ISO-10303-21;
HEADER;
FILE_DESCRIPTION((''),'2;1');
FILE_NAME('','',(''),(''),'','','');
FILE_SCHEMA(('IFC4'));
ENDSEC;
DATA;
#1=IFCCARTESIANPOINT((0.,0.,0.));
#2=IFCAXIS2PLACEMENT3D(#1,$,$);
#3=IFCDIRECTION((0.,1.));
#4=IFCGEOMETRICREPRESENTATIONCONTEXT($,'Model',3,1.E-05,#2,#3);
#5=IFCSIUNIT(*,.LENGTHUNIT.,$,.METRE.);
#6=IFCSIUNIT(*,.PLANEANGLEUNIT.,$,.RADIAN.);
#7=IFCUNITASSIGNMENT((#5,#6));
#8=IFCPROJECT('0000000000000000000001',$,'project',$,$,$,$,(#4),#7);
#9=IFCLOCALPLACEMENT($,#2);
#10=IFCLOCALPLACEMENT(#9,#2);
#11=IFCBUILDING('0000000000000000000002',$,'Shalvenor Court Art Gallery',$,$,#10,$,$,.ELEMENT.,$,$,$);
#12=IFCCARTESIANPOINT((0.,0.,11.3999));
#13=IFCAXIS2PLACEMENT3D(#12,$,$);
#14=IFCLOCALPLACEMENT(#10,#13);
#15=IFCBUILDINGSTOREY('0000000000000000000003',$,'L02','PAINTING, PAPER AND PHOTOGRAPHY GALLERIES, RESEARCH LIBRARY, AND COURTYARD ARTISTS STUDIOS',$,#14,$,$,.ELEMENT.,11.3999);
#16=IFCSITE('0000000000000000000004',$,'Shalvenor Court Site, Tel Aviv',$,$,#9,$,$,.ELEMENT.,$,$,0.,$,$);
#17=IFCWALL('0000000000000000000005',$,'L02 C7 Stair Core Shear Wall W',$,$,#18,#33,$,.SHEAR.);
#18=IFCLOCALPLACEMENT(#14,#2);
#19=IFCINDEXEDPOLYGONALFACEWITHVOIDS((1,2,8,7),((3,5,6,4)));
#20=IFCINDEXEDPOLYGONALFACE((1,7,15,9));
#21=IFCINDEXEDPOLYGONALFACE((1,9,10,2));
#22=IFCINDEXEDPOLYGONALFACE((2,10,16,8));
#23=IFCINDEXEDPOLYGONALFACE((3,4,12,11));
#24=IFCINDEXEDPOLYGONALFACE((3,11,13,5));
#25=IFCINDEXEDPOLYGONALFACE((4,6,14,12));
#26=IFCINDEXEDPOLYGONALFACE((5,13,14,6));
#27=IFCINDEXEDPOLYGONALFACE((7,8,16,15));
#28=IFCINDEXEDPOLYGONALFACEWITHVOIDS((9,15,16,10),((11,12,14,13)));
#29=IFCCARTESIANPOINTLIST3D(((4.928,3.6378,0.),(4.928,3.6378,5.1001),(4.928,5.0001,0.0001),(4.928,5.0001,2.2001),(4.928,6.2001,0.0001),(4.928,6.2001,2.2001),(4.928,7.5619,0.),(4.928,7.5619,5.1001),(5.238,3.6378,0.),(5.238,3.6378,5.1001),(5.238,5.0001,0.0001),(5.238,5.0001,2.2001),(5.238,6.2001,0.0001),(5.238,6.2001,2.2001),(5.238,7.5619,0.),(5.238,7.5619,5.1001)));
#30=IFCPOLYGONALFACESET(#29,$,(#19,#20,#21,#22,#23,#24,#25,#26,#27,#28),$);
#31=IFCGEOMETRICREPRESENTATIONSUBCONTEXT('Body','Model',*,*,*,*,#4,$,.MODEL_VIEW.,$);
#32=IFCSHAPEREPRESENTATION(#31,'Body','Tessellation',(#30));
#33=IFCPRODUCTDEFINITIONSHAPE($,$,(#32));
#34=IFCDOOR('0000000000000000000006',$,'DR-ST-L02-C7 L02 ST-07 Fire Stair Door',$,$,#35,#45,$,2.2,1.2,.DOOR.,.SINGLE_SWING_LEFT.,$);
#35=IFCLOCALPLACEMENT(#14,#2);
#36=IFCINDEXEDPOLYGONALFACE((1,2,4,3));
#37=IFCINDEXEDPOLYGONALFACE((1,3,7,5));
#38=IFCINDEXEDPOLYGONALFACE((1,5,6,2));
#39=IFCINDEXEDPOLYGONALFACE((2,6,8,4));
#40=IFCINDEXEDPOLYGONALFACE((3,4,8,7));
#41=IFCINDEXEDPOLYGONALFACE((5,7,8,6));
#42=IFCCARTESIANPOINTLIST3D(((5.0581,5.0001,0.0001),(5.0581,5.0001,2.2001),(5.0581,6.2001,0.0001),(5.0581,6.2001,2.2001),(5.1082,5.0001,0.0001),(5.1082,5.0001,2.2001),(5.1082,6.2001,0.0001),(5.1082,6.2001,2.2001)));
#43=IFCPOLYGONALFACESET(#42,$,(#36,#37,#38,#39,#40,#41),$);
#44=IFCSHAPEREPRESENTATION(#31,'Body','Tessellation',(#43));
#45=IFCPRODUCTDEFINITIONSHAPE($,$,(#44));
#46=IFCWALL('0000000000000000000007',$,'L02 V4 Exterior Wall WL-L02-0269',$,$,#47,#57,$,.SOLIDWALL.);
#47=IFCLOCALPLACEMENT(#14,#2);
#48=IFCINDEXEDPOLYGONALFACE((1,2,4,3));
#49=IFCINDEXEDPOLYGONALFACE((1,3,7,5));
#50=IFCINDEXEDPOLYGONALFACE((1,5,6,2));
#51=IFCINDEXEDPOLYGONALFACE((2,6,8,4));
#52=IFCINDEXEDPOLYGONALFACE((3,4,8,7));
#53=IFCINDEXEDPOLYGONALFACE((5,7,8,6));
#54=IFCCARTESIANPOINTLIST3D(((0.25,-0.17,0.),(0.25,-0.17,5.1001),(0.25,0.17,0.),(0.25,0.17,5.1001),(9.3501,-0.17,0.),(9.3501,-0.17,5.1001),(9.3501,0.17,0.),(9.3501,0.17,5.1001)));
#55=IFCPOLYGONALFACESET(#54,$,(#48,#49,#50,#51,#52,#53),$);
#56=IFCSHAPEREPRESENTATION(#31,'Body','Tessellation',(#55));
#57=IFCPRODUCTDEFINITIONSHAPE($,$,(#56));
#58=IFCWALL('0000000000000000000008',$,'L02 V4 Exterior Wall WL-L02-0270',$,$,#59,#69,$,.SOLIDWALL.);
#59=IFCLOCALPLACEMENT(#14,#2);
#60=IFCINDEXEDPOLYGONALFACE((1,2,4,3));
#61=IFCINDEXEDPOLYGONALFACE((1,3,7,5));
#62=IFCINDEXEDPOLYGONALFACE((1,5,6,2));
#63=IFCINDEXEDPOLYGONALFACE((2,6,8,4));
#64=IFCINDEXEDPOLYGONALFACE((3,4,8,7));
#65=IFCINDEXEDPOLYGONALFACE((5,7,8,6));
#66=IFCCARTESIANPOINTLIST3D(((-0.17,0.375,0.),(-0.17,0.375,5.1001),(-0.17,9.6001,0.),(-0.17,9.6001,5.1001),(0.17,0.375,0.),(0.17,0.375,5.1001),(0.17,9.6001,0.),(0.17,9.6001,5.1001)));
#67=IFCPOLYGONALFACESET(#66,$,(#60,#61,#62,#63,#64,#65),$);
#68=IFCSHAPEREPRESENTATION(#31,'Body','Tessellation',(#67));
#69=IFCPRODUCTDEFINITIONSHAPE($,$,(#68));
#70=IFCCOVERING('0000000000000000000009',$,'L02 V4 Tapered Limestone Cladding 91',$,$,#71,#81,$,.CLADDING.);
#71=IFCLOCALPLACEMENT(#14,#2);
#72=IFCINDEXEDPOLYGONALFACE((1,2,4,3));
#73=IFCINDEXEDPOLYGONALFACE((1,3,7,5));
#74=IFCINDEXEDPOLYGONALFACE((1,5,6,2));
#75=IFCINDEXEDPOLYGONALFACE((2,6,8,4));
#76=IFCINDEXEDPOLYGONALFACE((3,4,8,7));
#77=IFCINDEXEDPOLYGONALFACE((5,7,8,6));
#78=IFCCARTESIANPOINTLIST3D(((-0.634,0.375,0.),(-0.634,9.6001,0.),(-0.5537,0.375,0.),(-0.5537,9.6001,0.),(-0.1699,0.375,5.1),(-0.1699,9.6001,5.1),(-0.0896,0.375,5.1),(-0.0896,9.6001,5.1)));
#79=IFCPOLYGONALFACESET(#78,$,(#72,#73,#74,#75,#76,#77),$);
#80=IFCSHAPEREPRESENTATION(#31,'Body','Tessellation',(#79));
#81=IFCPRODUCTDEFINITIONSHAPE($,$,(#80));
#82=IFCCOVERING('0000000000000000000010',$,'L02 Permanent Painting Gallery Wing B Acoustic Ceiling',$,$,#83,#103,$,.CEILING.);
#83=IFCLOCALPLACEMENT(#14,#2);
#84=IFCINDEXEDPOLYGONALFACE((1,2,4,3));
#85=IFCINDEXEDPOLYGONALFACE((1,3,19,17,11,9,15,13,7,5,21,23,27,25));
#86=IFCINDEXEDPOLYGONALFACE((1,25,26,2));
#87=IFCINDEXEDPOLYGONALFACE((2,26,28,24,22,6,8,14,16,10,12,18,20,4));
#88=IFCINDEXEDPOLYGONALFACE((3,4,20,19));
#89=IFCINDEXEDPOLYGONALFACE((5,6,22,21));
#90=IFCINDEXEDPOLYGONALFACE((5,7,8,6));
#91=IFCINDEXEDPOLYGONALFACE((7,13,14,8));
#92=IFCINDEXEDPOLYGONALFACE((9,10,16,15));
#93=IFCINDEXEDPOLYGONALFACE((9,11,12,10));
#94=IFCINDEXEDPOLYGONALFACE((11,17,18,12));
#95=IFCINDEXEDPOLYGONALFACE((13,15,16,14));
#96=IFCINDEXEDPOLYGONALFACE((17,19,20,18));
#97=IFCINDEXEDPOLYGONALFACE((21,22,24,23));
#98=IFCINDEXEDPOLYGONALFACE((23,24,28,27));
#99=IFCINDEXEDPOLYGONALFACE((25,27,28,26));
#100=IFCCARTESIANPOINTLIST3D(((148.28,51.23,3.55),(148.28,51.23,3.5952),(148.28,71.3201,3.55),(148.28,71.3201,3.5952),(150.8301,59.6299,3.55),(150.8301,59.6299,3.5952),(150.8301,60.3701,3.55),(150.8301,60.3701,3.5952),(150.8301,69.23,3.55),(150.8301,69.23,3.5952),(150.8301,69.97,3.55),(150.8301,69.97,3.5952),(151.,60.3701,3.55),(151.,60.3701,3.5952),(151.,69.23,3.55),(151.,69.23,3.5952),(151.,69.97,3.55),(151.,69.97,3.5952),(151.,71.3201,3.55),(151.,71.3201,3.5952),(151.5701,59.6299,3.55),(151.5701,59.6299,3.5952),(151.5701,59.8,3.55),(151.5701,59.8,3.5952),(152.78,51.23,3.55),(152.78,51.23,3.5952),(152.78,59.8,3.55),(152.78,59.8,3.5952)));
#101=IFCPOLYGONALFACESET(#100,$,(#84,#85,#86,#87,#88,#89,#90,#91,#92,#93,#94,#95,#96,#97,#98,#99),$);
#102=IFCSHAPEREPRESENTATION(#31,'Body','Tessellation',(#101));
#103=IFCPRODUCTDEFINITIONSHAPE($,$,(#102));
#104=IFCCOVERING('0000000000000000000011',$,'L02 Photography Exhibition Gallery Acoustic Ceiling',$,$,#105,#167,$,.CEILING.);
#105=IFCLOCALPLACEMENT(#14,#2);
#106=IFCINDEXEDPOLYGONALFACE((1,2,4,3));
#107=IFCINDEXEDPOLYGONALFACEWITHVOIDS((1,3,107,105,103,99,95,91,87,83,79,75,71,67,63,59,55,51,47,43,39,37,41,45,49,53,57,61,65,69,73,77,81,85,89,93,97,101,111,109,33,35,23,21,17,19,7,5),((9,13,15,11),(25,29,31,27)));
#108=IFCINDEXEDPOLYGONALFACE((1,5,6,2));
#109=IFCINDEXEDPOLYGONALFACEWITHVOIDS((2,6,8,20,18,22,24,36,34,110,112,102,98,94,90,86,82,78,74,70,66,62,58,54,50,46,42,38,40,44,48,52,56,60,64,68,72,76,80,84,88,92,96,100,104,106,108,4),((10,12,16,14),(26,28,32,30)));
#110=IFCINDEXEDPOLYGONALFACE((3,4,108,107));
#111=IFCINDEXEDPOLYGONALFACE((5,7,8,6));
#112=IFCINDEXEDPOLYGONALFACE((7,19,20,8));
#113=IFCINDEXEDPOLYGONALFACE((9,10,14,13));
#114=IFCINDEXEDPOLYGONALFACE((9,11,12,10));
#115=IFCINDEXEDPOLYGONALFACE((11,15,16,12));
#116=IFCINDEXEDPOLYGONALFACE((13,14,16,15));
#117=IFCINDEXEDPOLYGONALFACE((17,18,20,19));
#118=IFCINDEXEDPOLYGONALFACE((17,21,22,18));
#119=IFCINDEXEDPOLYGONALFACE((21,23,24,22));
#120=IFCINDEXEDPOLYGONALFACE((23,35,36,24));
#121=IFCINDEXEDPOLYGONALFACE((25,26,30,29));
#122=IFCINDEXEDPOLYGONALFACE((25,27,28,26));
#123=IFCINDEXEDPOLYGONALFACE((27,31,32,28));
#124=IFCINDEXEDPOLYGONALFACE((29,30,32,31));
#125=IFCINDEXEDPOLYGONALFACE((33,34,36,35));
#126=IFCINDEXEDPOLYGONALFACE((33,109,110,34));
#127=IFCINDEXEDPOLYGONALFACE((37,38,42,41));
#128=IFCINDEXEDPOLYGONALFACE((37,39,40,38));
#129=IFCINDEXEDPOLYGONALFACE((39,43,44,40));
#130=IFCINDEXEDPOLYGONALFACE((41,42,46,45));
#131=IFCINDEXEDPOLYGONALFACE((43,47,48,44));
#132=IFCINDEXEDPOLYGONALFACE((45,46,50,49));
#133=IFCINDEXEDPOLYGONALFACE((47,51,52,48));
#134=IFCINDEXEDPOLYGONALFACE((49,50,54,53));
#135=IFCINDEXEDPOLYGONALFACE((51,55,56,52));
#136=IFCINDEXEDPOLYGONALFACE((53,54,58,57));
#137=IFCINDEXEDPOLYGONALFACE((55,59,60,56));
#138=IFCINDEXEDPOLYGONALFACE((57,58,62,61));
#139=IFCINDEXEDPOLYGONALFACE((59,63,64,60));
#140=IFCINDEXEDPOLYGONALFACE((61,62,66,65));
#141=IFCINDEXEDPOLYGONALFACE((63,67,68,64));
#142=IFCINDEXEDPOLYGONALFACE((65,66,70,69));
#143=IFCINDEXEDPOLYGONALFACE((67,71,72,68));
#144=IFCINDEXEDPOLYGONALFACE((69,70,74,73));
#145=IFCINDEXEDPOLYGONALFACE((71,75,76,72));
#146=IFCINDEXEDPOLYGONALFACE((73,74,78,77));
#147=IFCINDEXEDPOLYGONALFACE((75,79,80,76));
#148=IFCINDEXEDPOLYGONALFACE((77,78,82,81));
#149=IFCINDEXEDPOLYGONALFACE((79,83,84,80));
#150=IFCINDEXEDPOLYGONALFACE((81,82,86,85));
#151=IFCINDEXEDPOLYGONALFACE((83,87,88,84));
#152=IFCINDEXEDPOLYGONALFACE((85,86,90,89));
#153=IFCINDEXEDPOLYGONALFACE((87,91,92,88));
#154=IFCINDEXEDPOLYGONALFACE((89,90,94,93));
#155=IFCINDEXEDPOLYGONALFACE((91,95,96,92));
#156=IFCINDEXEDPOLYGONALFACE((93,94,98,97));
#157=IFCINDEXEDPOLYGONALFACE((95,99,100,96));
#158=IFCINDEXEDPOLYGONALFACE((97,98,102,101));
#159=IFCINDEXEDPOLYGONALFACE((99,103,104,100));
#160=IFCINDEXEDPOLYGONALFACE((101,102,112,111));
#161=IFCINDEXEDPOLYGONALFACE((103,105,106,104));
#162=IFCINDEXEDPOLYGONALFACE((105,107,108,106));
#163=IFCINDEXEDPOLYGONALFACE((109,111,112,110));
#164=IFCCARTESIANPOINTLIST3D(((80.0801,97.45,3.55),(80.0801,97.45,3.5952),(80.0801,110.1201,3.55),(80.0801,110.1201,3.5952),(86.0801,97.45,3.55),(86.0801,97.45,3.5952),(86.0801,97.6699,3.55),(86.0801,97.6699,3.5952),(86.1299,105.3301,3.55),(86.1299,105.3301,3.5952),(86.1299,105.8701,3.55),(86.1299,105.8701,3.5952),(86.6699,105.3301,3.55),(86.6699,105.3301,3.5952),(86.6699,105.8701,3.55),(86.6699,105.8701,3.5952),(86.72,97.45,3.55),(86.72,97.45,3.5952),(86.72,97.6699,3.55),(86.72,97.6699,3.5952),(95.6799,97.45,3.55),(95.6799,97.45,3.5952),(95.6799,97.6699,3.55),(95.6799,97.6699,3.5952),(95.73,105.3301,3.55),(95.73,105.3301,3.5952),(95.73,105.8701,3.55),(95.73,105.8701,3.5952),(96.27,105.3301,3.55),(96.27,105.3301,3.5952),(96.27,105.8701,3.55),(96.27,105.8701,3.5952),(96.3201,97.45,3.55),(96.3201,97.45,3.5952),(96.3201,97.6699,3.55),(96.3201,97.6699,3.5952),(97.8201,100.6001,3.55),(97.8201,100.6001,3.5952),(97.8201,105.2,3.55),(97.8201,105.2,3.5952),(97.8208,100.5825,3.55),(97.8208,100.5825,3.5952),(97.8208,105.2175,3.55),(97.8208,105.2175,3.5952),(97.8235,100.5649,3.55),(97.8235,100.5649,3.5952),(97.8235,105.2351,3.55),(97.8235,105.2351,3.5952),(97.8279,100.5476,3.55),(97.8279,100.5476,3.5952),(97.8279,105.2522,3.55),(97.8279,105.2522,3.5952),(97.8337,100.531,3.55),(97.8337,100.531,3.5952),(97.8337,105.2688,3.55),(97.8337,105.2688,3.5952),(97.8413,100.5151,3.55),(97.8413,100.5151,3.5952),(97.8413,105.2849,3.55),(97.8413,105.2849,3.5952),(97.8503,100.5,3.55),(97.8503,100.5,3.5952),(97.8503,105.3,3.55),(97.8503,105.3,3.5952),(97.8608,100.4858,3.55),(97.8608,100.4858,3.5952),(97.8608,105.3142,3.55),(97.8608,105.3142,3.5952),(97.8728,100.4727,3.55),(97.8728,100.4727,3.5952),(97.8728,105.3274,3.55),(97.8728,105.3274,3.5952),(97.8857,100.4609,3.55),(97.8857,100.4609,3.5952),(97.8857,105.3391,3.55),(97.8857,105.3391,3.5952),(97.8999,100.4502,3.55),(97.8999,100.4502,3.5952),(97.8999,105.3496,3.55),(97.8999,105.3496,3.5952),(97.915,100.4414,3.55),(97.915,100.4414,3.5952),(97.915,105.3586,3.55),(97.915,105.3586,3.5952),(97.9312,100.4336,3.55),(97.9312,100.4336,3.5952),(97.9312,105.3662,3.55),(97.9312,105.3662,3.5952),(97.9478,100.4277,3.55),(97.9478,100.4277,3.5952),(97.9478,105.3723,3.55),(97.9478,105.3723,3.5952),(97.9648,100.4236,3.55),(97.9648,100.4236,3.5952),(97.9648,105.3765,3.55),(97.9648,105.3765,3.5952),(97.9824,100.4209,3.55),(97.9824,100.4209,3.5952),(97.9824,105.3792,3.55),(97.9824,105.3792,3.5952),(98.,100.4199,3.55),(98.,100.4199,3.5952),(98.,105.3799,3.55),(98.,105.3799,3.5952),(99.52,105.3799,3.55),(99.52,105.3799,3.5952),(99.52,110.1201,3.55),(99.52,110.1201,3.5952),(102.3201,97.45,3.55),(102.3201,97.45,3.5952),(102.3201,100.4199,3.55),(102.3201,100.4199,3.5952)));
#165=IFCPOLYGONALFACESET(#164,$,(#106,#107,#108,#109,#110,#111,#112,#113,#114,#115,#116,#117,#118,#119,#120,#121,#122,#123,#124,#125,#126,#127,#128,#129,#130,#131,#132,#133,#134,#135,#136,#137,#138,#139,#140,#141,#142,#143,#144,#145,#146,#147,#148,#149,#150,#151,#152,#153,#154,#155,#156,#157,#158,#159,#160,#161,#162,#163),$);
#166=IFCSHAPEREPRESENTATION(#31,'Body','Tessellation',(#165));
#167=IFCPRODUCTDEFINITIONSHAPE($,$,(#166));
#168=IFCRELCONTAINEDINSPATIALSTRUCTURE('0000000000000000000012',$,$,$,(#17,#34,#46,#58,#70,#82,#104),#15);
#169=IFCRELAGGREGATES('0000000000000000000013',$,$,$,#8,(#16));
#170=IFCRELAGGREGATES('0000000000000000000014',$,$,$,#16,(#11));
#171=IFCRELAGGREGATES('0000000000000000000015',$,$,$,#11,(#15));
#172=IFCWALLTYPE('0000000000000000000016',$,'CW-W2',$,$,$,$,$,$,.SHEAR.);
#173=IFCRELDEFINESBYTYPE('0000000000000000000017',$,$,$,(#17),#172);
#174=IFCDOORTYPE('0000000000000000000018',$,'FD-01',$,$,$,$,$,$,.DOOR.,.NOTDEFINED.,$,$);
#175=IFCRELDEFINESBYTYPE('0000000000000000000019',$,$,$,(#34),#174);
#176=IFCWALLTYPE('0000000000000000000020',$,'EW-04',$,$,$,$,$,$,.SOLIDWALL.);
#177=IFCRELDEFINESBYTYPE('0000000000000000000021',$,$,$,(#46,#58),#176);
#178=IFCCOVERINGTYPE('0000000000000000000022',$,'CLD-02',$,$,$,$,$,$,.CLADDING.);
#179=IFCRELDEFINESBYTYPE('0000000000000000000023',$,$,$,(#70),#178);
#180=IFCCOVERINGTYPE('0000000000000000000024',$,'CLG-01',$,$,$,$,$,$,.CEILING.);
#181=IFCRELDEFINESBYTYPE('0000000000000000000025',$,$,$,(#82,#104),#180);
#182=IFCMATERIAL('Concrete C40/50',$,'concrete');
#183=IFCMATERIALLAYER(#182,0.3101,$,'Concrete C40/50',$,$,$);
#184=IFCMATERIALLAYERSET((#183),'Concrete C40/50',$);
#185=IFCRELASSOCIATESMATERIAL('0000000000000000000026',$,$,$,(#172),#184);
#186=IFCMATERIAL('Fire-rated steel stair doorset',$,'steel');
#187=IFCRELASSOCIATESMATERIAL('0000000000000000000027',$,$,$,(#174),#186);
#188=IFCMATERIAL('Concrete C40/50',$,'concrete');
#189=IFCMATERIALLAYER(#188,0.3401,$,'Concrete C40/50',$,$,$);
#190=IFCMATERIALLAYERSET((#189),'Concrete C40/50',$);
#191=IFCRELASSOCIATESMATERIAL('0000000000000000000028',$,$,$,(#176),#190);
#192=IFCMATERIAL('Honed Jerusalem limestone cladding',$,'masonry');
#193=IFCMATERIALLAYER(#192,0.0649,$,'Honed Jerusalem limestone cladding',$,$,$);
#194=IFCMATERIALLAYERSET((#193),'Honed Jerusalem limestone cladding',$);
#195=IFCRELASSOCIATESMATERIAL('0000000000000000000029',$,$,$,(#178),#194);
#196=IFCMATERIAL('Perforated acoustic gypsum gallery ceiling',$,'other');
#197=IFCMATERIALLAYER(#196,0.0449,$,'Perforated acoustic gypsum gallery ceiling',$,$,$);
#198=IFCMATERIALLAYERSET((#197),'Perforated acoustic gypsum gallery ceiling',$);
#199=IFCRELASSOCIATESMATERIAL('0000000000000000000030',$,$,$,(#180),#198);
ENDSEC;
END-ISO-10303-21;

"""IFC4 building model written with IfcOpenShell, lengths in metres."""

from ifc_helpers import new_model, si_unit, direction, frame, frame_2d, origin, place, context, subcontext, project, spatial, polyline, rectangle, outline, extrude, material, layer, layer_set, type_object, element, fill, save


model = new_model("IFC4")

# Units and contexts
model_context = context("Model", 3, precision=1e-05, world=origin(), true_north=direction((0.0, 1.0)))
body_context = subcontext(model_context, "Body", "Model", "MODEL_VIEW")
ifc_project = project(units=[si_unit("LENGTHUNIT", "METRE"), si_unit("PLANEANGLEUNIT", "RADIAN")], contexts=[model_context])

# Site, building, storey
site_placement = place(None, origin())
site = spatial("IfcSite", under=ifc_project, at=site_placement, Name="Shalvenor Court Site, Tel Aviv", CompositionType="ELEMENT", RefElevation=0.0)
building_placement = place(site_placement, origin())
building = spatial("IfcBuilding", under=site, at=building_placement, Name="Shalvenor Court Art Gallery", CompositionType="ELEMENT")
storey_placement = place(building_placement, frame((0.0, 0.0, 11.3999)))
storey = spatial("IfcBuildingStorey", under=building, at=storey_placement, Name="L02", Description="PAINTING, PAPER AND PHOTOGRAPHY GALLERIES, RESEARCH LIBRARY, AND COURTYARD ARTISTS STUDIOS", CompositionType="ELEMENT", Elevation=11.3999)

# Shared definitions
ifc_material_1 = material(Name="Concrete C40/50", Category="concrete")
ifc_layer_1 = layer(ifc_material_1, 0.3101, Name="Concrete C40/50")
ifc_layer_set_1 = layer_set([ifc_layer_1], Name="Concrete C40/50")
wall_type_1 = type_object("IfcWallType", Name="CW-W2", PredefinedType="SHEAR", material=ifc_layer_set_1)

# Wall, opening, door
wall_1_placement = place(storey_placement, frame((5.083, 3.6379, 0.0), z_axis=(0.0, 0.0, 1.0), x_axis=(0.0, 1.0, 0.0)))
wall_1 = element("IfcWall", 1, at=wall_1_placement, inside=storey, type_object=wall_type_1, Name="L02 C7 Stair Core Shear Wall W", PredefinedType="SHEAR", context=body_context, shape_type="SweptSolid", body=[
    extrude(rectangle(XDim=3.9241, YDim=0.3101, at=frame_2d((1.9619, 0.0))), origin(), (0.0, 0.0, 1.0), 5.1001),
])
opening_placement = place(wall_1_placement, frame((1.3621, 0.0, 0.0)))
opening = element("IfcOpeningElement", 2, at=opening_placement, cuts=wall_1, PredefinedType="OPENING", context=body_context, shape_type="SweptSolid", body=[
    extrude(rectangle(XDim=1.2, YDim=2.2, at=frame_2d((0.6001, 1.1001))), frame((0.0, 0.165, 0.0), z_axis=(0.0, -1.0, 0.0), x_axis=(1.0, 0.0, 0.0)), (0.0, 0.0, 1.0), 0.3301),
])
ifc_material_2 = material(Name="Fire-rated steel stair doorset", Category="steel")
door_type = type_object("IfcDoorType", Name="FD-01", OperationType="NOTDEFINED", PredefinedType="DOOR", material=ifc_material_2)
door_placement = place(opening_placement, origin())
door = element("IfcDoor", 3, at=door_placement, inside=storey, type_object=door_type, Name="DR-ST-L02-C7 L02 ST-07 Fire Stair Door", OperationType="SINGLE_SWING_LEFT", OverallHeight=2.2, OverallWidth=1.2, PredefinedType="DOOR", context=body_context, shape_type="SweptSolid", body=[
    extrude(rectangle(XDim=1.2, YDim=2.2, at=frame_2d((0.6001, 1.1001))), frame((0.0, 0.0249, 0.0), z_axis=(0.0, -1.0, 0.0), x_axis=(1.0, 0.0, 0.0)), (0.0, 0.0, 1.0), 0.05),
])
fill(opening, door)

# Walls
ifc_material_3 = material(Name="Concrete C40/50", Category="concrete")
ifc_layer_2 = layer(ifc_material_3, 0.3401, Name="Concrete C40/50")
ifc_layer_set_2 = layer_set([ifc_layer_2], Name="Concrete C40/50")
wall_type_2 = type_object("IfcWallType", Name="EW-04", PredefinedType="SOLIDWALL", material=ifc_layer_set_2)
wall_2_placement = place(storey_placement, frame((9.3501, 0.0, 0.0), z_axis=(0.0, 0.0, 1.0), x_axis=(-1.0, 0.0, 0.0)))
element("IfcWall", 4, at=wall_2_placement, inside=storey, type_object=wall_type_2, Name="L02 V4 Exterior Wall WL-L02-0269", PredefinedType="SOLIDWALL", context=body_context, shape_type="SweptSolid", body=[
    extrude(rectangle(XDim=9.1001, YDim=0.3401, at=frame_2d((4.55, 0.0))), origin(), (0.0, 0.0, 1.0), 5.1001),
])
wall_3_placement = place(storey_placement, frame((0.0, 0.375, 0.0), z_axis=(0.0, 0.0, 1.0), x_axis=(0.0, 1.0, 0.0)))
element("IfcWall", 5, at=wall_3_placement, inside=storey, type_object=wall_type_2, Name="L02 V4 Exterior Wall WL-L02-0270", PredefinedType="SOLIDWALL", context=body_context, shape_type="SweptSolid", body=[
    extrude(rectangle(XDim=9.2251, YDim=0.3401, at=frame_2d((4.6125, 0.0))), origin(), (0.0, 0.0, 1.0), 5.1001),
])

# Coverings
ifc_material_4 = material(Name="Honed Jerusalem limestone cladding", Category="masonry")
ifc_layer_3 = layer(ifc_material_4, 0.0649, Name="Honed Jerusalem limestone cladding")
ifc_layer_set_3 = layer_set([ifc_layer_3], Name="Honed Jerusalem limestone cladding")
covering_type_1 = type_object("IfcCoveringType", Name="CLD-02", PredefinedType="CLADDING", material=ifc_layer_set_3)
covering_1_placement = place(storey_placement, frame((-0.634, 9.6001, 0.0), z_axis=(0.0, 0.0, 1.0), x_axis=(0.0, -1.0, 0.0)))
element("IfcCovering", 6, at=covering_1_placement, inside=storey, type_object=covering_type_1, Name="L02 V4 Tapered Limestone Cladding 91", PredefinedType="CLADDING", context=body_context, shape_type="SweptSolid", body=[
    extrude(outline(polyline([(0.0, 0.0), (9.2251, 0.0), (9.2251, 5.1211), (0.0, 5.1211), (0.0, 0.0)])), frame((0.0, 0.0, 0.0), z_axis=(0.0, -0.995884, 0.090633), x_axis=(1.0, 0.0, 0.0)), (0.0, 0.090633, -0.995884), 0.0803),
])
ifc_material_5 = material(Name="Perforated acoustic gypsum gallery ceiling", Category="other")
ifc_layer_4 = layer(ifc_material_5, 0.0449, Name="Perforated acoustic gypsum gallery ceiling")
ifc_layer_set_4 = layer_set([ifc_layer_4], Name="Perforated acoustic gypsum gallery ceiling")
covering_type_2 = type_object("IfcCoveringType", Name="CLG-01", PredefinedType="CEILING", material=ifc_layer_set_4)
covering_2_placement = place(storey_placement, frame((0.0, 0.0, 3.55)))
element("IfcCovering", 7, at=covering_2_placement, inside=storey, type_object=covering_type_2, Name="L02 Permanent Painting Gallery Wing B Acoustic Ceiling", PredefinedType="CEILING", context=body_context, shape_type="SweptSolid", body=[
    extrude(outline(polyline([(152.78, 51.23), (148.28, 51.23), (148.28, 71.3201), (151.0, 71.3201), (151.0, 69.97), (150.8301, 69.97), (150.8301, 69.23), (151.0, 69.23), (151.0, 60.3701), (150.8301, 60.3701), (150.8301, 59.6299), (151.5701, 59.6299), (151.5701, 59.8), (152.78, 59.8), (152.78, 51.23)])), origin(), (0.0, 0.0, 1.0), 0.0452),
])
covering_3_placement = place(storey_placement, frame((0.0, 0.0, 3.55)))
element("IfcCovering", 8, at=covering_3_placement, inside=storey, type_object=covering_type_2, Name="L02 Photography Exhibition Gallery Acoustic Ceiling", PredefinedType="CEILING", context=body_context, shape_type="SweptSolid", body=[
    extrude(outline(polyline([(80.0801, 110.1201), (99.52, 110.1201), (99.52, 105.3799), (98.0, 105.3799), (97.9824, 105.3792), (97.9648, 105.3765), (97.9478, 105.3723), (97.9312, 105.3662), (97.915, 105.3586), (97.8999, 105.3496), (97.8857, 105.3391), (97.8728, 105.3274), (97.8608, 105.3142), (97.8503, 105.3), (97.8413, 105.2849), (97.8337, 105.2688), (97.8279, 105.2522), (97.8235, 105.2351), (97.8208, 105.2175), (97.8201, 105.2), (97.8201, 100.6001), (97.8208, 100.5825), (97.8235, 100.5649), (97.8279, 100.5476), (97.8337, 100.531), (97.8413, 100.5151), (97.8503, 100.5), (97.8608, 100.4858), (97.8728, 100.4727), (97.8857, 100.4609), (97.8999, 100.4502), (97.915, 100.4414), (97.9312, 100.4336), (97.9478, 100.4277), (97.9648, 100.4236), (97.9824, 100.4209), (98.0, 100.4199), (102.3201, 100.4199), (102.3201, 97.45), (96.3201, 97.45), (96.3201, 97.6699), (95.6799, 97.6699), (95.6799, 97.45), (86.72, 97.45), (86.72, 97.6699), (86.0801, 97.6699), (86.0801, 97.45), (80.0801, 97.45), (80.0801, 110.1201)]), holes=[polyline([(95.73, 105.8701), (95.73, 105.3301), (96.27, 105.3301), (96.27, 105.8701), (95.73, 105.8701)]), polyline([(86.1299, 105.8701), (86.1299, 105.3301), (86.6699, 105.3301), (86.6699, 105.8701), (86.1299, 105.8701)])]), origin(), (0.0, 0.0, 1.0), 0.0452),
])

save(model, "model.ifc")
